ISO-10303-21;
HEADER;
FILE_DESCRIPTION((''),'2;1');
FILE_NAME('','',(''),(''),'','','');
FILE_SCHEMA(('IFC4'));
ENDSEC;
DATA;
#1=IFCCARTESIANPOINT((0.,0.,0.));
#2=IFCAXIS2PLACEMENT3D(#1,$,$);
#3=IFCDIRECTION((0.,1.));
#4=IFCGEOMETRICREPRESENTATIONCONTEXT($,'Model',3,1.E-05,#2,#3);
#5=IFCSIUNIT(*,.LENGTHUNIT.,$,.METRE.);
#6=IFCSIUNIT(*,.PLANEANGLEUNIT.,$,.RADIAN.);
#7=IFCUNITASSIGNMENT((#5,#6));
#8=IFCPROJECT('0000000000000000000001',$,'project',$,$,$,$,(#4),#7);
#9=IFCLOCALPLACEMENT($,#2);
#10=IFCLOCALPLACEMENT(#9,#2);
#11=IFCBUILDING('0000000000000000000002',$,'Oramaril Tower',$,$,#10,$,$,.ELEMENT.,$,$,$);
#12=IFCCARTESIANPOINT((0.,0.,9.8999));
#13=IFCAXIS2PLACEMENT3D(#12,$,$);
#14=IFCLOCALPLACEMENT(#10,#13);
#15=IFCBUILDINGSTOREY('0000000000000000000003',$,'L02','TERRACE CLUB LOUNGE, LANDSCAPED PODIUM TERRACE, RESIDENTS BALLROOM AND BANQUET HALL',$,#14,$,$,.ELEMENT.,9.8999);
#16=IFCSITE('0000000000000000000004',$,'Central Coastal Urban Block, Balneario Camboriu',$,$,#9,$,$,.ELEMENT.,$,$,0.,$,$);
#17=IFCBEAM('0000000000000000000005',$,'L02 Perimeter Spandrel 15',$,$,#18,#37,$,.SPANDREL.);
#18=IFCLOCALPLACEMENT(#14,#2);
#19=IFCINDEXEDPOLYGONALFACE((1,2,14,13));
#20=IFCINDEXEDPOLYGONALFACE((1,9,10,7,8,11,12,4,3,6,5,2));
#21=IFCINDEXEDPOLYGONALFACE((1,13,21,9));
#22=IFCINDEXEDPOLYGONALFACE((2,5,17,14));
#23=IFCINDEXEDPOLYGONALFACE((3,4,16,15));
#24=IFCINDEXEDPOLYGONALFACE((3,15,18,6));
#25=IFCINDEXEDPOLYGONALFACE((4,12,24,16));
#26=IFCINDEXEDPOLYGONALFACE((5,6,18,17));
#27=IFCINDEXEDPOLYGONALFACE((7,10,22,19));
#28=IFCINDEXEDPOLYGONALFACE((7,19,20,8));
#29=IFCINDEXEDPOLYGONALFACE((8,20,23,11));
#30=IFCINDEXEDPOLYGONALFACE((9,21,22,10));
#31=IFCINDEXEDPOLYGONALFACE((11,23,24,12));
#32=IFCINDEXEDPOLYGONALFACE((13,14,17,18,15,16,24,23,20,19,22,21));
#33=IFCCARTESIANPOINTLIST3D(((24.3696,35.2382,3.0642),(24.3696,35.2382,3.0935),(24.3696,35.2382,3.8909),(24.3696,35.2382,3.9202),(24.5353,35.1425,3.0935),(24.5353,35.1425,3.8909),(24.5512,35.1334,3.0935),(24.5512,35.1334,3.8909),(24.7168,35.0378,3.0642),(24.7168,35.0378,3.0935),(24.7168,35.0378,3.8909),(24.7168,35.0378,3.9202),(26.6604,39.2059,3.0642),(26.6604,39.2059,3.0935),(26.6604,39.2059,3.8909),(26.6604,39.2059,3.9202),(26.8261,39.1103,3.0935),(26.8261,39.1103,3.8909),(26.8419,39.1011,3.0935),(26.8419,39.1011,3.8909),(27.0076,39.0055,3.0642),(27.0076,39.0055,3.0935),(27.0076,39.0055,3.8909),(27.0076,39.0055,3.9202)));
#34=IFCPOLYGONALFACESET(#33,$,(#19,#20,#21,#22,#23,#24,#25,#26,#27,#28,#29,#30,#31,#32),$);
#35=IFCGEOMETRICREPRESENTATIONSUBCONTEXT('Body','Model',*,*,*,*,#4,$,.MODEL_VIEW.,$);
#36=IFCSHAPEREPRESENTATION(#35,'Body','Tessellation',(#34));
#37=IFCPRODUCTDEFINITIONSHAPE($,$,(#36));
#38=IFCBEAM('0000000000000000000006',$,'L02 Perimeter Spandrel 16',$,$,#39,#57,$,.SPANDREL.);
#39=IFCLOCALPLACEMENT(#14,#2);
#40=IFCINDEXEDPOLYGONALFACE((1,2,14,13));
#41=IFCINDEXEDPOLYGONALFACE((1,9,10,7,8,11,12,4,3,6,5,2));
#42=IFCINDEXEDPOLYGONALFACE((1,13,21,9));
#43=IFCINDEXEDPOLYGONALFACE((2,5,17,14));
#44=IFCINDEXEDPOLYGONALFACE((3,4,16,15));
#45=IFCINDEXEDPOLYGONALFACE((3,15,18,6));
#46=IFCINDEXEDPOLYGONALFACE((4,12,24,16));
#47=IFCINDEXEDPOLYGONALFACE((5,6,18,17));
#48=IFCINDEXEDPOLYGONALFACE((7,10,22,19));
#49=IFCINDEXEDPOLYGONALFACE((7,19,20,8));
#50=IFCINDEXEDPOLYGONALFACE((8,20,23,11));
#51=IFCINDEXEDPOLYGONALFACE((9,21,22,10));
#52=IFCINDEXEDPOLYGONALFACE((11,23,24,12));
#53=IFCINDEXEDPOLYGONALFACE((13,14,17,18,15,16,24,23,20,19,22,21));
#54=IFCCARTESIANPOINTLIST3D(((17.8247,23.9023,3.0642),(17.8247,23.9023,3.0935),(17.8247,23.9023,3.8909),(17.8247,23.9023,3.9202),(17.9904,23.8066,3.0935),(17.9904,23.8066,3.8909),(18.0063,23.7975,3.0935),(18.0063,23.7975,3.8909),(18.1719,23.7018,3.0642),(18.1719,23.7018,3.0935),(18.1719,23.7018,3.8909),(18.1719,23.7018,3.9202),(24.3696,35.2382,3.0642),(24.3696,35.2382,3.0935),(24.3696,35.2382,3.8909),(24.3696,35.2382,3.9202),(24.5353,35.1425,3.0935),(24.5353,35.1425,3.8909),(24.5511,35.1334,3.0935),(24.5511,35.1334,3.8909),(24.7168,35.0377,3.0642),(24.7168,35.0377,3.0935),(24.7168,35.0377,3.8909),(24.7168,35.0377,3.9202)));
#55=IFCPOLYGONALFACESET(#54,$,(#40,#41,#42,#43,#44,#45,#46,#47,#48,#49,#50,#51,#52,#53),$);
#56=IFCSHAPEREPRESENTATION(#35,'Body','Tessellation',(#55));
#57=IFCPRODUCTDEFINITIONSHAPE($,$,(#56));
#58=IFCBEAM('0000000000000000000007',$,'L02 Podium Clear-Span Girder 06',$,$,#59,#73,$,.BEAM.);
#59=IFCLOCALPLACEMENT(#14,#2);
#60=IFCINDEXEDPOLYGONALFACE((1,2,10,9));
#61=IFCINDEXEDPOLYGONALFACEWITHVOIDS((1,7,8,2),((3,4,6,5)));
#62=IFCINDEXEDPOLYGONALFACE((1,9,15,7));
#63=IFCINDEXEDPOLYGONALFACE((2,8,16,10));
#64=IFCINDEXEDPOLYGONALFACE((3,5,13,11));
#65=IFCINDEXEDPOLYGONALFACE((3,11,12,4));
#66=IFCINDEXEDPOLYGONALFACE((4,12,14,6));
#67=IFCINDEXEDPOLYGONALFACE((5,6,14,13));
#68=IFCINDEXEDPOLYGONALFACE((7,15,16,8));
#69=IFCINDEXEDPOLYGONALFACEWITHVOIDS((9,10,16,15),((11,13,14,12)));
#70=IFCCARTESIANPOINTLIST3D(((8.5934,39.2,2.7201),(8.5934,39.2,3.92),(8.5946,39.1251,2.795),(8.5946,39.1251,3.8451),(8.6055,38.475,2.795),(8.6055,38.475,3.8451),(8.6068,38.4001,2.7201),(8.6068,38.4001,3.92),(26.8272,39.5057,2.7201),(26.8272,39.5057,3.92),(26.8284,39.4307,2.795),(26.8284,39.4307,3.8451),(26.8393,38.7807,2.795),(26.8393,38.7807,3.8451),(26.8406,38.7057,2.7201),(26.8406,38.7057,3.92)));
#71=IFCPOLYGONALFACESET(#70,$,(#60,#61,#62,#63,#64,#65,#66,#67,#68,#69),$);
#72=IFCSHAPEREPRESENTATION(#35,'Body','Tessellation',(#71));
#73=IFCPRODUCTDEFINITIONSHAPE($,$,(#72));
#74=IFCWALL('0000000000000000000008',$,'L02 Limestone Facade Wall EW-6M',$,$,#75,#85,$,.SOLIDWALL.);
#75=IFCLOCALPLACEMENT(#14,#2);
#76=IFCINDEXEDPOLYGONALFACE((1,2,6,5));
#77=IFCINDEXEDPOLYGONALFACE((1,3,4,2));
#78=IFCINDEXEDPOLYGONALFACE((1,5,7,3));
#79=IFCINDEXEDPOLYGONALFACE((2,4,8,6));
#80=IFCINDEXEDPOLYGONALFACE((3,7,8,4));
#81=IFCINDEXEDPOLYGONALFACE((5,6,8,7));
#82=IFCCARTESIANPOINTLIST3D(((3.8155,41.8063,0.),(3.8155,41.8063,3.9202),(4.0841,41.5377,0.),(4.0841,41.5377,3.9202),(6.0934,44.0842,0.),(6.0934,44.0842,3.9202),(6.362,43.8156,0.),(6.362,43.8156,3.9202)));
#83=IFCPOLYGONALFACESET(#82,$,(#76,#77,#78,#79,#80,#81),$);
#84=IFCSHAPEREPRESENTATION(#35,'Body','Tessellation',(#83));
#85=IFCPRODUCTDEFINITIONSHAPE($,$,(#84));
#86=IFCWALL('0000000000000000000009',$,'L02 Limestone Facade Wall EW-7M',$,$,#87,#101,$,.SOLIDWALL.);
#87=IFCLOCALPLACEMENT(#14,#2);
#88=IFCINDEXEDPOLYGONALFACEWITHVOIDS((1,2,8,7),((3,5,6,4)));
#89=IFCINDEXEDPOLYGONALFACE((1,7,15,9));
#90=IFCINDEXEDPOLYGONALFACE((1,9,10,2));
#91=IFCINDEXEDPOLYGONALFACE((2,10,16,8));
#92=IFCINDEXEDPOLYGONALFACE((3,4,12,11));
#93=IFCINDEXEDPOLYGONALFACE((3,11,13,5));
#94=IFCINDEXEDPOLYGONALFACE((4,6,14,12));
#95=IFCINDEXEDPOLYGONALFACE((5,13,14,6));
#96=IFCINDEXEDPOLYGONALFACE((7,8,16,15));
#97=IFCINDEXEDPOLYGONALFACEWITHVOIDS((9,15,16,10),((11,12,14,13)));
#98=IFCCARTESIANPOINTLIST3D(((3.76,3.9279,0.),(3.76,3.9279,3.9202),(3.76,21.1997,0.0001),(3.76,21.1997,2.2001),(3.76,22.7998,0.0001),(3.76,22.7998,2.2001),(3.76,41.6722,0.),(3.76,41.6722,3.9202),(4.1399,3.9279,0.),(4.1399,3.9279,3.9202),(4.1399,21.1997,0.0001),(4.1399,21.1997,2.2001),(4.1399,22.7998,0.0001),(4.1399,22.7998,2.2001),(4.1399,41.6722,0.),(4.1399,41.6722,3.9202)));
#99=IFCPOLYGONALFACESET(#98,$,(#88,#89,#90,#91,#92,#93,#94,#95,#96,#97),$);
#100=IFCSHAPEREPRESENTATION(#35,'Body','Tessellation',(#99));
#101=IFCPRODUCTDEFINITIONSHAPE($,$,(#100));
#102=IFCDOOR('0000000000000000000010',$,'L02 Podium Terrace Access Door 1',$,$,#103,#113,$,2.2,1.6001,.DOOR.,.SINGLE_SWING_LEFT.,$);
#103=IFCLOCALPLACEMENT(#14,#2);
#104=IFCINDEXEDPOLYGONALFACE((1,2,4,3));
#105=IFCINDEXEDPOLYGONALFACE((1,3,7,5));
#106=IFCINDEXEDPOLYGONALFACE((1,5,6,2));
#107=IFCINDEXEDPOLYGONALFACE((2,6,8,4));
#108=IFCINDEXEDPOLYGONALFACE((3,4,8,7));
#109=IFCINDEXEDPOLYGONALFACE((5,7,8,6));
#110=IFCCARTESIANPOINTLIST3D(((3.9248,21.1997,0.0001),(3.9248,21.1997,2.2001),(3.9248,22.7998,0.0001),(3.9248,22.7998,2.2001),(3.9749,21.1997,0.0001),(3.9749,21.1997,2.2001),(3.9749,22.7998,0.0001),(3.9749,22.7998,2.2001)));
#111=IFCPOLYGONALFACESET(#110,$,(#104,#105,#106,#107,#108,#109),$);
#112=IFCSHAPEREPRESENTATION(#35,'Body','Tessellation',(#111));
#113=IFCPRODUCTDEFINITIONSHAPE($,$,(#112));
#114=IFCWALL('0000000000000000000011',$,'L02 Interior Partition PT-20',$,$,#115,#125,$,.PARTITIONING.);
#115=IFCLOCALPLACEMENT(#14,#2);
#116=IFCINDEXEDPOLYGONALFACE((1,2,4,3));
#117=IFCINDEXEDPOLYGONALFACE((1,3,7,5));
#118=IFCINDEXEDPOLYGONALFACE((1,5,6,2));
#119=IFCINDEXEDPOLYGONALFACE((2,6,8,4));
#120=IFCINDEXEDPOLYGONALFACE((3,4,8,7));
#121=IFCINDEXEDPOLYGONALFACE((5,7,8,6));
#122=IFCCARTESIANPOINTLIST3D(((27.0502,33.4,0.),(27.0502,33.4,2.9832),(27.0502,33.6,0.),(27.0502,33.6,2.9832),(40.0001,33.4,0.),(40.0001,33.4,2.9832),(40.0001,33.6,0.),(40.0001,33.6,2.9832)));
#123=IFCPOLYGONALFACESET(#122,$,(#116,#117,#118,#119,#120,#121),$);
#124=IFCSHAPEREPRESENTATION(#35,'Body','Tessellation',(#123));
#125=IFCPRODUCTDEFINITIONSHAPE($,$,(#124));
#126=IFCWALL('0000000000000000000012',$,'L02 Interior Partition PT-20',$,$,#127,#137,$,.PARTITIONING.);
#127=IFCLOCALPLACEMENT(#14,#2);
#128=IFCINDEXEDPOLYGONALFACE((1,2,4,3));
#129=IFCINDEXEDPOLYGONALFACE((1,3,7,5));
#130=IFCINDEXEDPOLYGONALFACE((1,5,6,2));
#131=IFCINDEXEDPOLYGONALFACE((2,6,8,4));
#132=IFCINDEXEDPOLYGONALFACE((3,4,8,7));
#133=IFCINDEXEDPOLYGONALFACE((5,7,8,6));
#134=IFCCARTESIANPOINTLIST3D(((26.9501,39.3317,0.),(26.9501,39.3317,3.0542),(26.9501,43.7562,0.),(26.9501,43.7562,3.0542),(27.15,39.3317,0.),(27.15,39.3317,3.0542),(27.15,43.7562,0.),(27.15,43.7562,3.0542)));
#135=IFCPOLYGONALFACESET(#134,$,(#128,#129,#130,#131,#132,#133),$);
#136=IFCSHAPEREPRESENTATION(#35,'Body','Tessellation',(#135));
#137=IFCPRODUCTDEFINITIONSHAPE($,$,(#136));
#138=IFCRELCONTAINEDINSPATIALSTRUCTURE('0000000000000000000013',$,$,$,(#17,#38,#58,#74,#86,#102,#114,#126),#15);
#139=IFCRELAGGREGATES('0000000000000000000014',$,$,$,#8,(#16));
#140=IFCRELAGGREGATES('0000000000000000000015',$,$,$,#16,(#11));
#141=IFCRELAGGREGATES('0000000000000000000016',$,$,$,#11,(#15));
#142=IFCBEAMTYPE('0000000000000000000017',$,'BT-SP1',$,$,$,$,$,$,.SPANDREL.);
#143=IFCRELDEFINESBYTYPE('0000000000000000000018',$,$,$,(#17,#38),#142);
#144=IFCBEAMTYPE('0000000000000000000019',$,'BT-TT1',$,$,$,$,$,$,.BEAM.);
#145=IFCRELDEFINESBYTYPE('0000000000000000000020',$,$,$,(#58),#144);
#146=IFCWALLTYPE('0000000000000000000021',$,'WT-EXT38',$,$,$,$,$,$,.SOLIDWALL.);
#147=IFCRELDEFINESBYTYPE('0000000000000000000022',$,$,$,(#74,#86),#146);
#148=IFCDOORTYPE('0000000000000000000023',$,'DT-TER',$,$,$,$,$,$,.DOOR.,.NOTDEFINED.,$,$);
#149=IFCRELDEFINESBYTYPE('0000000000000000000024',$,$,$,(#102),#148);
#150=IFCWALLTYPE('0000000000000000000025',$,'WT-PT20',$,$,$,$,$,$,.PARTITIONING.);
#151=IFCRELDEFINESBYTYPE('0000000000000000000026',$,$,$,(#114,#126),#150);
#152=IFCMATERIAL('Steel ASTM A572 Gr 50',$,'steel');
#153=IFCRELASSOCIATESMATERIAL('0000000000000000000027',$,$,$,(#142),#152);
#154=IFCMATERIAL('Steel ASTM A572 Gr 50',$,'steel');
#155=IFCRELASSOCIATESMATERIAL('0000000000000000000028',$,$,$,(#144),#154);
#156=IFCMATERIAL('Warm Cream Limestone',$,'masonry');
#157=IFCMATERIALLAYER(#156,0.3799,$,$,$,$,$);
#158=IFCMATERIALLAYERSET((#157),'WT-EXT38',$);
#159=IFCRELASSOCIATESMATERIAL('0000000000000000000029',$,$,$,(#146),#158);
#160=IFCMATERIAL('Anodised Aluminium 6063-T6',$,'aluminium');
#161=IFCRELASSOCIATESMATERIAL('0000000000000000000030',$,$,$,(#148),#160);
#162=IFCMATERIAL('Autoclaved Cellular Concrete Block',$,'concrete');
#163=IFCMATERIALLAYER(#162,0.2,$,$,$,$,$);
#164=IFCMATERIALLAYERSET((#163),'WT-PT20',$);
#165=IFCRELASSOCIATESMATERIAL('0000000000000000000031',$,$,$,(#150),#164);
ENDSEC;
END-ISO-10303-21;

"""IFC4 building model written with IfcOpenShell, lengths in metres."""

from ifc_helpers import new_model, si_unit, direction, frame, frame_2d, origin, origin_2d, place, context, subcontext, project, spatial, rectangle, hollow_rectangle, i_section, extrude, material, layer, layer_set, material_profile, profile_set, type_object, element, fill, save


model = new_model("IFC4")

# Units and contexts
model_context = context("Model", 3, precision=1e-05, world=origin(), true_north=direction((0.0, 1.0)))
body_context = subcontext(model_context, "Body", "Model", "MODEL_VIEW")
ifc_project = project(units=[si_unit("LENGTHUNIT", "METRE"), si_unit("PLANEANGLEUNIT", "RADIAN")], contexts=[model_context])

# Site, building, storey
site_placement = place(None, origin())
site = spatial("IfcSite", under=ifc_project, at=site_placement, Name="Central Coastal Urban Block, Balneario Camboriu", CompositionType="ELEMENT", RefElevation=0.0)
building_placement = place(site_placement, origin())
building = spatial("IfcBuilding", under=site, at=building_placement, Name="Oramaril Tower", CompositionType="ELEMENT")
storey_placement = place(building_placement, frame((0.0, 0.0, 9.8999)))
storey = spatial("IfcBuildingStorey", under=building, at=storey_placement, Name="L02", Description="TERRACE CLUB LOUNGE, LANDSCAPED PODIUM TERRACE, RESIDENTS BALLROOM AND BANQUET HALL", CompositionType="ELEMENT", Elevation=9.8999)

# Beams
ifc_material_1 = material(Name="Steel ASTM A572 Gr 50", Category="steel")
ifc_material_profile_1 = material_profile(ifc_material_1, i_section(OverallWidth=0.4009, OverallDepth=0.856, WebThickness=0.0183, FlangeThickness=0.0293, at=origin_2d()), Name="W33X201")
ifc_profile_set_1 = profile_set([ifc_material_profile_1], Name="Steel ASTM A572 Gr 50")
beam_type_1 = type_object("IfcBeamType", Name="BT-SP1", PredefinedType="SPANDREL", material=ifc_profile_set_1)
beam_1_placement = place(storey_placement, frame((26.834, 39.1057, 3.4922), z_axis=(-0.499996, -0.866028, 0.0), x_axis=(0.866028, -0.499996, 0.0)))
element("IfcBeam", 1, at=beam_1_placement, inside=storey, type_object=beam_type_1, Name="L02 Perimeter Spandrel 15", PredefinedType="SPANDREL", context=body_context, shape_type="SweptSolid", body=[
    extrude(i_section(OverallWidth=0.4009, OverallDepth=0.856, WebThickness=0.0183, FlangeThickness=0.0293, at=origin_2d()), origin(), (0.0, 0.0, 1.0), 4.5815),
])
beam_2_placement = place(storey_placement, frame((24.5432, 35.1379, 3.4922), z_axis=(-0.500007, -0.866022, 0.0), x_axis=(0.866022, -0.500007, 0.0)))
element("IfcBeam", 2, at=beam_2_placement, inside=storey, type_object=beam_type_1, Name="L02 Perimeter Spandrel 16", PredefinedType="SPANDREL", context=body_context, shape_type="SweptSolid", body=[
    extrude(i_section(OverallWidth=0.4009, OverallDepth=0.856, WebThickness=0.0183, FlangeThickness=0.0293, at=origin_2d()), origin(), (0.0, 0.0, 1.0), 13.0896),
])
ifc_material_2 = material(Name="Steel ASTM A572 Gr 50", Category="steel")
ifc_material_profile_2 = material_profile(ifc_material_2, hollow_rectangle(XDim=0.8, YDim=1.2, WallThickness=0.075, at=origin_2d()), Name="BOX1200X800X75")
ifc_profile_set_2 = profile_set([ifc_material_profile_2], Name="Steel ASTM A572 Gr 50")
beam_type_2 = type_object("IfcBeamType", Name="BT-TT1", PredefinedType="BEAM", material=ifc_profile_set_2)
beam_3_placement = place(storey_placement, frame((8.6001, 38.8, 3.3201), z_axis=(0.99986, 0.016761, 0.0), x_axis=(-0.016761, 0.99986, 0.0)))
element("IfcBeam", 3, at=beam_3_placement, inside=storey, type_object=beam_type_2, Name="L02 Podium Clear-Span Girder 06", PredefinedType="BEAM", context=body_context, shape_type="SweptSolid", body=[
    extrude(hollow_rectangle(XDim=0.8, YDim=1.2, WallThickness=0.075, at=origin_2d()), origin(), (0.0, 0.0, 1.0), 18.2363),
])

# Wall
ifc_material_3 = material(Name="Warm Cream Limestone", Category="masonry")
ifc_layer_1 = layer(ifc_material_3, 0.3799)
ifc_layer_set_1 = layer_set([ifc_layer_1], Name="WT-EXT38")
wall_type_1 = type_object("IfcWallType", Name="WT-EXT38", PredefinedType="SOLIDWALL", material=ifc_layer_set_1)
wall_1_placement = place(storey_placement, frame((6.2278, 43.95, 0.0), z_axis=(0.0, 0.0, 1.0), x_axis=(-0.707107, -0.707107, 0.0)))
element("IfcWall", 4, at=wall_1_placement, inside=storey, type_object=wall_type_1, Name="L02 Limestone Facade Wall EW-6M", PredefinedType="SOLIDWALL", context=body_context, shape_type="SweptSolid", body=[
    extrude(rectangle(XDim=3.2214, YDim=0.3799, at=frame_2d((1.6108, 0.0))), origin(), (0.0, 0.0, 1.0), 3.9202),
])

# Wall, opening, door
wall_2_placement = place(storey_placement, frame((3.95, 41.6721, 0.0), z_axis=(0.0, 0.0, 1.0), x_axis=(0.0, -1.0, 0.0)))
wall_2 = element("IfcWall", 5, at=wall_2_placement, inside=storey, type_object=wall_type_1, Name="L02 Limestone Facade Wall EW-7M", PredefinedType="SOLIDWALL", context=body_context, shape_type="SweptSolid", body=[
    extrude(rectangle(XDim=37.7444, YDim=0.3799, at=frame_2d((18.8721, 0.0))), origin(), (0.0, 0.0, 1.0), 3.9202),
])
opening_1_placement = place(wall_2_placement, frame((18.8723, 0.0, 0.0)))
opening_1 = element("IfcOpeningElement", 6, at=opening_1_placement, cuts=wall_2, PredefinedType="OPENING", context=body_context, shape_type="SweptSolid", body=[
    extrude(rectangle(XDim=1.6001, YDim=2.2, at=frame_2d((0.8, 1.1001))), frame((0.0, 0.1899, 0.0), z_axis=(0.0, -1.0, 0.0), x_axis=(1.0, 0.0, 0.0)), (0.0, 0.0, 1.0), 0.3799),
])
ifc_material_4 = material(Name="Anodised Aluminium 6063-T6", Category="aluminium")
door_type_1 = type_object("IfcDoorType", Name="DT-TER", OperationType="NOTDEFINED", PredefinedType="DOOR", material=ifc_material_4)
door_1_placement = place(opening_1_placement, origin())
door_1 = element("IfcDoor", 7, at=door_1_placement, inside=storey, type_object=door_type_1, Name="L02 Podium Terrace Access Door 1", OperationType="SINGLE_SWING_LEFT", OverallHeight=2.2, OverallWidth=1.6001, PredefinedType="DOOR", context=body_context, shape_type="SweptSolid", body=[
    extrude(rectangle(XDim=1.6001, YDim=2.2, at=frame_2d((0.8, 1.1001))), frame((0.0, 0.0249, 0.0), z_axis=(0.0, -1.0, 0.0), x_axis=(1.0, 0.0, 0.0)), (0.0, 0.0, 1.0), 0.05),
])
fill(opening_1, door_1)

# Shared definitions
ifc_material_5 = material(Name="Autoclaved Cellular Concrete Block", Category="concrete")
ifc_layer_2 = layer(ifc_material_5, 0.2)
ifc_layer_set_2 = layer_set([ifc_layer_2], Name="WT-PT20")
wall_type_2 = type_object("IfcWallType", Name="WT-PT20", PredefinedType="PARTITIONING", material=ifc_layer_set_2)

# Walls
wall_3_placement = place(storey_placement, frame((27.05, 33.5, 0.0), z_axis=(0.0, 0.0, 1.0), x_axis=(1.0, 0.0, 0.0)))
element("IfcWall", 8, at=wall_3_placement, inside=storey, type_object=wall_type_2, Name="L02 Interior Partition PT-20", PredefinedType="PARTITIONING", context=body_context, shape_type="SweptSolid", body=[
    extrude(rectangle(XDim=12.95, YDim=0.2, at=frame_2d((6.4751, 0.0))), origin(), (0.0, 0.0, 1.0), 2.9832),
])
wall_4_placement = place(storey_placement, frame((27.05, 39.3315, 0.0), z_axis=(0.0, 0.0, 1.0), x_axis=(0.0, 1.0, 0.0)))
element("IfcWall", 9, at=wall_4_placement, inside=storey, type_object=wall_type_2, Name="L02 Interior Partition PT-20", PredefinedType="PARTITIONING", context=body_context, shape_type="SweptSolid", body=[
    extrude(rectangle(XDim=4.4246, YDim=0.2, at=frame_2d((2.2124, 0.0))), origin(), (0.0, 0.0, 1.0), 3.0542),
])

save(model, "model.ifc")
